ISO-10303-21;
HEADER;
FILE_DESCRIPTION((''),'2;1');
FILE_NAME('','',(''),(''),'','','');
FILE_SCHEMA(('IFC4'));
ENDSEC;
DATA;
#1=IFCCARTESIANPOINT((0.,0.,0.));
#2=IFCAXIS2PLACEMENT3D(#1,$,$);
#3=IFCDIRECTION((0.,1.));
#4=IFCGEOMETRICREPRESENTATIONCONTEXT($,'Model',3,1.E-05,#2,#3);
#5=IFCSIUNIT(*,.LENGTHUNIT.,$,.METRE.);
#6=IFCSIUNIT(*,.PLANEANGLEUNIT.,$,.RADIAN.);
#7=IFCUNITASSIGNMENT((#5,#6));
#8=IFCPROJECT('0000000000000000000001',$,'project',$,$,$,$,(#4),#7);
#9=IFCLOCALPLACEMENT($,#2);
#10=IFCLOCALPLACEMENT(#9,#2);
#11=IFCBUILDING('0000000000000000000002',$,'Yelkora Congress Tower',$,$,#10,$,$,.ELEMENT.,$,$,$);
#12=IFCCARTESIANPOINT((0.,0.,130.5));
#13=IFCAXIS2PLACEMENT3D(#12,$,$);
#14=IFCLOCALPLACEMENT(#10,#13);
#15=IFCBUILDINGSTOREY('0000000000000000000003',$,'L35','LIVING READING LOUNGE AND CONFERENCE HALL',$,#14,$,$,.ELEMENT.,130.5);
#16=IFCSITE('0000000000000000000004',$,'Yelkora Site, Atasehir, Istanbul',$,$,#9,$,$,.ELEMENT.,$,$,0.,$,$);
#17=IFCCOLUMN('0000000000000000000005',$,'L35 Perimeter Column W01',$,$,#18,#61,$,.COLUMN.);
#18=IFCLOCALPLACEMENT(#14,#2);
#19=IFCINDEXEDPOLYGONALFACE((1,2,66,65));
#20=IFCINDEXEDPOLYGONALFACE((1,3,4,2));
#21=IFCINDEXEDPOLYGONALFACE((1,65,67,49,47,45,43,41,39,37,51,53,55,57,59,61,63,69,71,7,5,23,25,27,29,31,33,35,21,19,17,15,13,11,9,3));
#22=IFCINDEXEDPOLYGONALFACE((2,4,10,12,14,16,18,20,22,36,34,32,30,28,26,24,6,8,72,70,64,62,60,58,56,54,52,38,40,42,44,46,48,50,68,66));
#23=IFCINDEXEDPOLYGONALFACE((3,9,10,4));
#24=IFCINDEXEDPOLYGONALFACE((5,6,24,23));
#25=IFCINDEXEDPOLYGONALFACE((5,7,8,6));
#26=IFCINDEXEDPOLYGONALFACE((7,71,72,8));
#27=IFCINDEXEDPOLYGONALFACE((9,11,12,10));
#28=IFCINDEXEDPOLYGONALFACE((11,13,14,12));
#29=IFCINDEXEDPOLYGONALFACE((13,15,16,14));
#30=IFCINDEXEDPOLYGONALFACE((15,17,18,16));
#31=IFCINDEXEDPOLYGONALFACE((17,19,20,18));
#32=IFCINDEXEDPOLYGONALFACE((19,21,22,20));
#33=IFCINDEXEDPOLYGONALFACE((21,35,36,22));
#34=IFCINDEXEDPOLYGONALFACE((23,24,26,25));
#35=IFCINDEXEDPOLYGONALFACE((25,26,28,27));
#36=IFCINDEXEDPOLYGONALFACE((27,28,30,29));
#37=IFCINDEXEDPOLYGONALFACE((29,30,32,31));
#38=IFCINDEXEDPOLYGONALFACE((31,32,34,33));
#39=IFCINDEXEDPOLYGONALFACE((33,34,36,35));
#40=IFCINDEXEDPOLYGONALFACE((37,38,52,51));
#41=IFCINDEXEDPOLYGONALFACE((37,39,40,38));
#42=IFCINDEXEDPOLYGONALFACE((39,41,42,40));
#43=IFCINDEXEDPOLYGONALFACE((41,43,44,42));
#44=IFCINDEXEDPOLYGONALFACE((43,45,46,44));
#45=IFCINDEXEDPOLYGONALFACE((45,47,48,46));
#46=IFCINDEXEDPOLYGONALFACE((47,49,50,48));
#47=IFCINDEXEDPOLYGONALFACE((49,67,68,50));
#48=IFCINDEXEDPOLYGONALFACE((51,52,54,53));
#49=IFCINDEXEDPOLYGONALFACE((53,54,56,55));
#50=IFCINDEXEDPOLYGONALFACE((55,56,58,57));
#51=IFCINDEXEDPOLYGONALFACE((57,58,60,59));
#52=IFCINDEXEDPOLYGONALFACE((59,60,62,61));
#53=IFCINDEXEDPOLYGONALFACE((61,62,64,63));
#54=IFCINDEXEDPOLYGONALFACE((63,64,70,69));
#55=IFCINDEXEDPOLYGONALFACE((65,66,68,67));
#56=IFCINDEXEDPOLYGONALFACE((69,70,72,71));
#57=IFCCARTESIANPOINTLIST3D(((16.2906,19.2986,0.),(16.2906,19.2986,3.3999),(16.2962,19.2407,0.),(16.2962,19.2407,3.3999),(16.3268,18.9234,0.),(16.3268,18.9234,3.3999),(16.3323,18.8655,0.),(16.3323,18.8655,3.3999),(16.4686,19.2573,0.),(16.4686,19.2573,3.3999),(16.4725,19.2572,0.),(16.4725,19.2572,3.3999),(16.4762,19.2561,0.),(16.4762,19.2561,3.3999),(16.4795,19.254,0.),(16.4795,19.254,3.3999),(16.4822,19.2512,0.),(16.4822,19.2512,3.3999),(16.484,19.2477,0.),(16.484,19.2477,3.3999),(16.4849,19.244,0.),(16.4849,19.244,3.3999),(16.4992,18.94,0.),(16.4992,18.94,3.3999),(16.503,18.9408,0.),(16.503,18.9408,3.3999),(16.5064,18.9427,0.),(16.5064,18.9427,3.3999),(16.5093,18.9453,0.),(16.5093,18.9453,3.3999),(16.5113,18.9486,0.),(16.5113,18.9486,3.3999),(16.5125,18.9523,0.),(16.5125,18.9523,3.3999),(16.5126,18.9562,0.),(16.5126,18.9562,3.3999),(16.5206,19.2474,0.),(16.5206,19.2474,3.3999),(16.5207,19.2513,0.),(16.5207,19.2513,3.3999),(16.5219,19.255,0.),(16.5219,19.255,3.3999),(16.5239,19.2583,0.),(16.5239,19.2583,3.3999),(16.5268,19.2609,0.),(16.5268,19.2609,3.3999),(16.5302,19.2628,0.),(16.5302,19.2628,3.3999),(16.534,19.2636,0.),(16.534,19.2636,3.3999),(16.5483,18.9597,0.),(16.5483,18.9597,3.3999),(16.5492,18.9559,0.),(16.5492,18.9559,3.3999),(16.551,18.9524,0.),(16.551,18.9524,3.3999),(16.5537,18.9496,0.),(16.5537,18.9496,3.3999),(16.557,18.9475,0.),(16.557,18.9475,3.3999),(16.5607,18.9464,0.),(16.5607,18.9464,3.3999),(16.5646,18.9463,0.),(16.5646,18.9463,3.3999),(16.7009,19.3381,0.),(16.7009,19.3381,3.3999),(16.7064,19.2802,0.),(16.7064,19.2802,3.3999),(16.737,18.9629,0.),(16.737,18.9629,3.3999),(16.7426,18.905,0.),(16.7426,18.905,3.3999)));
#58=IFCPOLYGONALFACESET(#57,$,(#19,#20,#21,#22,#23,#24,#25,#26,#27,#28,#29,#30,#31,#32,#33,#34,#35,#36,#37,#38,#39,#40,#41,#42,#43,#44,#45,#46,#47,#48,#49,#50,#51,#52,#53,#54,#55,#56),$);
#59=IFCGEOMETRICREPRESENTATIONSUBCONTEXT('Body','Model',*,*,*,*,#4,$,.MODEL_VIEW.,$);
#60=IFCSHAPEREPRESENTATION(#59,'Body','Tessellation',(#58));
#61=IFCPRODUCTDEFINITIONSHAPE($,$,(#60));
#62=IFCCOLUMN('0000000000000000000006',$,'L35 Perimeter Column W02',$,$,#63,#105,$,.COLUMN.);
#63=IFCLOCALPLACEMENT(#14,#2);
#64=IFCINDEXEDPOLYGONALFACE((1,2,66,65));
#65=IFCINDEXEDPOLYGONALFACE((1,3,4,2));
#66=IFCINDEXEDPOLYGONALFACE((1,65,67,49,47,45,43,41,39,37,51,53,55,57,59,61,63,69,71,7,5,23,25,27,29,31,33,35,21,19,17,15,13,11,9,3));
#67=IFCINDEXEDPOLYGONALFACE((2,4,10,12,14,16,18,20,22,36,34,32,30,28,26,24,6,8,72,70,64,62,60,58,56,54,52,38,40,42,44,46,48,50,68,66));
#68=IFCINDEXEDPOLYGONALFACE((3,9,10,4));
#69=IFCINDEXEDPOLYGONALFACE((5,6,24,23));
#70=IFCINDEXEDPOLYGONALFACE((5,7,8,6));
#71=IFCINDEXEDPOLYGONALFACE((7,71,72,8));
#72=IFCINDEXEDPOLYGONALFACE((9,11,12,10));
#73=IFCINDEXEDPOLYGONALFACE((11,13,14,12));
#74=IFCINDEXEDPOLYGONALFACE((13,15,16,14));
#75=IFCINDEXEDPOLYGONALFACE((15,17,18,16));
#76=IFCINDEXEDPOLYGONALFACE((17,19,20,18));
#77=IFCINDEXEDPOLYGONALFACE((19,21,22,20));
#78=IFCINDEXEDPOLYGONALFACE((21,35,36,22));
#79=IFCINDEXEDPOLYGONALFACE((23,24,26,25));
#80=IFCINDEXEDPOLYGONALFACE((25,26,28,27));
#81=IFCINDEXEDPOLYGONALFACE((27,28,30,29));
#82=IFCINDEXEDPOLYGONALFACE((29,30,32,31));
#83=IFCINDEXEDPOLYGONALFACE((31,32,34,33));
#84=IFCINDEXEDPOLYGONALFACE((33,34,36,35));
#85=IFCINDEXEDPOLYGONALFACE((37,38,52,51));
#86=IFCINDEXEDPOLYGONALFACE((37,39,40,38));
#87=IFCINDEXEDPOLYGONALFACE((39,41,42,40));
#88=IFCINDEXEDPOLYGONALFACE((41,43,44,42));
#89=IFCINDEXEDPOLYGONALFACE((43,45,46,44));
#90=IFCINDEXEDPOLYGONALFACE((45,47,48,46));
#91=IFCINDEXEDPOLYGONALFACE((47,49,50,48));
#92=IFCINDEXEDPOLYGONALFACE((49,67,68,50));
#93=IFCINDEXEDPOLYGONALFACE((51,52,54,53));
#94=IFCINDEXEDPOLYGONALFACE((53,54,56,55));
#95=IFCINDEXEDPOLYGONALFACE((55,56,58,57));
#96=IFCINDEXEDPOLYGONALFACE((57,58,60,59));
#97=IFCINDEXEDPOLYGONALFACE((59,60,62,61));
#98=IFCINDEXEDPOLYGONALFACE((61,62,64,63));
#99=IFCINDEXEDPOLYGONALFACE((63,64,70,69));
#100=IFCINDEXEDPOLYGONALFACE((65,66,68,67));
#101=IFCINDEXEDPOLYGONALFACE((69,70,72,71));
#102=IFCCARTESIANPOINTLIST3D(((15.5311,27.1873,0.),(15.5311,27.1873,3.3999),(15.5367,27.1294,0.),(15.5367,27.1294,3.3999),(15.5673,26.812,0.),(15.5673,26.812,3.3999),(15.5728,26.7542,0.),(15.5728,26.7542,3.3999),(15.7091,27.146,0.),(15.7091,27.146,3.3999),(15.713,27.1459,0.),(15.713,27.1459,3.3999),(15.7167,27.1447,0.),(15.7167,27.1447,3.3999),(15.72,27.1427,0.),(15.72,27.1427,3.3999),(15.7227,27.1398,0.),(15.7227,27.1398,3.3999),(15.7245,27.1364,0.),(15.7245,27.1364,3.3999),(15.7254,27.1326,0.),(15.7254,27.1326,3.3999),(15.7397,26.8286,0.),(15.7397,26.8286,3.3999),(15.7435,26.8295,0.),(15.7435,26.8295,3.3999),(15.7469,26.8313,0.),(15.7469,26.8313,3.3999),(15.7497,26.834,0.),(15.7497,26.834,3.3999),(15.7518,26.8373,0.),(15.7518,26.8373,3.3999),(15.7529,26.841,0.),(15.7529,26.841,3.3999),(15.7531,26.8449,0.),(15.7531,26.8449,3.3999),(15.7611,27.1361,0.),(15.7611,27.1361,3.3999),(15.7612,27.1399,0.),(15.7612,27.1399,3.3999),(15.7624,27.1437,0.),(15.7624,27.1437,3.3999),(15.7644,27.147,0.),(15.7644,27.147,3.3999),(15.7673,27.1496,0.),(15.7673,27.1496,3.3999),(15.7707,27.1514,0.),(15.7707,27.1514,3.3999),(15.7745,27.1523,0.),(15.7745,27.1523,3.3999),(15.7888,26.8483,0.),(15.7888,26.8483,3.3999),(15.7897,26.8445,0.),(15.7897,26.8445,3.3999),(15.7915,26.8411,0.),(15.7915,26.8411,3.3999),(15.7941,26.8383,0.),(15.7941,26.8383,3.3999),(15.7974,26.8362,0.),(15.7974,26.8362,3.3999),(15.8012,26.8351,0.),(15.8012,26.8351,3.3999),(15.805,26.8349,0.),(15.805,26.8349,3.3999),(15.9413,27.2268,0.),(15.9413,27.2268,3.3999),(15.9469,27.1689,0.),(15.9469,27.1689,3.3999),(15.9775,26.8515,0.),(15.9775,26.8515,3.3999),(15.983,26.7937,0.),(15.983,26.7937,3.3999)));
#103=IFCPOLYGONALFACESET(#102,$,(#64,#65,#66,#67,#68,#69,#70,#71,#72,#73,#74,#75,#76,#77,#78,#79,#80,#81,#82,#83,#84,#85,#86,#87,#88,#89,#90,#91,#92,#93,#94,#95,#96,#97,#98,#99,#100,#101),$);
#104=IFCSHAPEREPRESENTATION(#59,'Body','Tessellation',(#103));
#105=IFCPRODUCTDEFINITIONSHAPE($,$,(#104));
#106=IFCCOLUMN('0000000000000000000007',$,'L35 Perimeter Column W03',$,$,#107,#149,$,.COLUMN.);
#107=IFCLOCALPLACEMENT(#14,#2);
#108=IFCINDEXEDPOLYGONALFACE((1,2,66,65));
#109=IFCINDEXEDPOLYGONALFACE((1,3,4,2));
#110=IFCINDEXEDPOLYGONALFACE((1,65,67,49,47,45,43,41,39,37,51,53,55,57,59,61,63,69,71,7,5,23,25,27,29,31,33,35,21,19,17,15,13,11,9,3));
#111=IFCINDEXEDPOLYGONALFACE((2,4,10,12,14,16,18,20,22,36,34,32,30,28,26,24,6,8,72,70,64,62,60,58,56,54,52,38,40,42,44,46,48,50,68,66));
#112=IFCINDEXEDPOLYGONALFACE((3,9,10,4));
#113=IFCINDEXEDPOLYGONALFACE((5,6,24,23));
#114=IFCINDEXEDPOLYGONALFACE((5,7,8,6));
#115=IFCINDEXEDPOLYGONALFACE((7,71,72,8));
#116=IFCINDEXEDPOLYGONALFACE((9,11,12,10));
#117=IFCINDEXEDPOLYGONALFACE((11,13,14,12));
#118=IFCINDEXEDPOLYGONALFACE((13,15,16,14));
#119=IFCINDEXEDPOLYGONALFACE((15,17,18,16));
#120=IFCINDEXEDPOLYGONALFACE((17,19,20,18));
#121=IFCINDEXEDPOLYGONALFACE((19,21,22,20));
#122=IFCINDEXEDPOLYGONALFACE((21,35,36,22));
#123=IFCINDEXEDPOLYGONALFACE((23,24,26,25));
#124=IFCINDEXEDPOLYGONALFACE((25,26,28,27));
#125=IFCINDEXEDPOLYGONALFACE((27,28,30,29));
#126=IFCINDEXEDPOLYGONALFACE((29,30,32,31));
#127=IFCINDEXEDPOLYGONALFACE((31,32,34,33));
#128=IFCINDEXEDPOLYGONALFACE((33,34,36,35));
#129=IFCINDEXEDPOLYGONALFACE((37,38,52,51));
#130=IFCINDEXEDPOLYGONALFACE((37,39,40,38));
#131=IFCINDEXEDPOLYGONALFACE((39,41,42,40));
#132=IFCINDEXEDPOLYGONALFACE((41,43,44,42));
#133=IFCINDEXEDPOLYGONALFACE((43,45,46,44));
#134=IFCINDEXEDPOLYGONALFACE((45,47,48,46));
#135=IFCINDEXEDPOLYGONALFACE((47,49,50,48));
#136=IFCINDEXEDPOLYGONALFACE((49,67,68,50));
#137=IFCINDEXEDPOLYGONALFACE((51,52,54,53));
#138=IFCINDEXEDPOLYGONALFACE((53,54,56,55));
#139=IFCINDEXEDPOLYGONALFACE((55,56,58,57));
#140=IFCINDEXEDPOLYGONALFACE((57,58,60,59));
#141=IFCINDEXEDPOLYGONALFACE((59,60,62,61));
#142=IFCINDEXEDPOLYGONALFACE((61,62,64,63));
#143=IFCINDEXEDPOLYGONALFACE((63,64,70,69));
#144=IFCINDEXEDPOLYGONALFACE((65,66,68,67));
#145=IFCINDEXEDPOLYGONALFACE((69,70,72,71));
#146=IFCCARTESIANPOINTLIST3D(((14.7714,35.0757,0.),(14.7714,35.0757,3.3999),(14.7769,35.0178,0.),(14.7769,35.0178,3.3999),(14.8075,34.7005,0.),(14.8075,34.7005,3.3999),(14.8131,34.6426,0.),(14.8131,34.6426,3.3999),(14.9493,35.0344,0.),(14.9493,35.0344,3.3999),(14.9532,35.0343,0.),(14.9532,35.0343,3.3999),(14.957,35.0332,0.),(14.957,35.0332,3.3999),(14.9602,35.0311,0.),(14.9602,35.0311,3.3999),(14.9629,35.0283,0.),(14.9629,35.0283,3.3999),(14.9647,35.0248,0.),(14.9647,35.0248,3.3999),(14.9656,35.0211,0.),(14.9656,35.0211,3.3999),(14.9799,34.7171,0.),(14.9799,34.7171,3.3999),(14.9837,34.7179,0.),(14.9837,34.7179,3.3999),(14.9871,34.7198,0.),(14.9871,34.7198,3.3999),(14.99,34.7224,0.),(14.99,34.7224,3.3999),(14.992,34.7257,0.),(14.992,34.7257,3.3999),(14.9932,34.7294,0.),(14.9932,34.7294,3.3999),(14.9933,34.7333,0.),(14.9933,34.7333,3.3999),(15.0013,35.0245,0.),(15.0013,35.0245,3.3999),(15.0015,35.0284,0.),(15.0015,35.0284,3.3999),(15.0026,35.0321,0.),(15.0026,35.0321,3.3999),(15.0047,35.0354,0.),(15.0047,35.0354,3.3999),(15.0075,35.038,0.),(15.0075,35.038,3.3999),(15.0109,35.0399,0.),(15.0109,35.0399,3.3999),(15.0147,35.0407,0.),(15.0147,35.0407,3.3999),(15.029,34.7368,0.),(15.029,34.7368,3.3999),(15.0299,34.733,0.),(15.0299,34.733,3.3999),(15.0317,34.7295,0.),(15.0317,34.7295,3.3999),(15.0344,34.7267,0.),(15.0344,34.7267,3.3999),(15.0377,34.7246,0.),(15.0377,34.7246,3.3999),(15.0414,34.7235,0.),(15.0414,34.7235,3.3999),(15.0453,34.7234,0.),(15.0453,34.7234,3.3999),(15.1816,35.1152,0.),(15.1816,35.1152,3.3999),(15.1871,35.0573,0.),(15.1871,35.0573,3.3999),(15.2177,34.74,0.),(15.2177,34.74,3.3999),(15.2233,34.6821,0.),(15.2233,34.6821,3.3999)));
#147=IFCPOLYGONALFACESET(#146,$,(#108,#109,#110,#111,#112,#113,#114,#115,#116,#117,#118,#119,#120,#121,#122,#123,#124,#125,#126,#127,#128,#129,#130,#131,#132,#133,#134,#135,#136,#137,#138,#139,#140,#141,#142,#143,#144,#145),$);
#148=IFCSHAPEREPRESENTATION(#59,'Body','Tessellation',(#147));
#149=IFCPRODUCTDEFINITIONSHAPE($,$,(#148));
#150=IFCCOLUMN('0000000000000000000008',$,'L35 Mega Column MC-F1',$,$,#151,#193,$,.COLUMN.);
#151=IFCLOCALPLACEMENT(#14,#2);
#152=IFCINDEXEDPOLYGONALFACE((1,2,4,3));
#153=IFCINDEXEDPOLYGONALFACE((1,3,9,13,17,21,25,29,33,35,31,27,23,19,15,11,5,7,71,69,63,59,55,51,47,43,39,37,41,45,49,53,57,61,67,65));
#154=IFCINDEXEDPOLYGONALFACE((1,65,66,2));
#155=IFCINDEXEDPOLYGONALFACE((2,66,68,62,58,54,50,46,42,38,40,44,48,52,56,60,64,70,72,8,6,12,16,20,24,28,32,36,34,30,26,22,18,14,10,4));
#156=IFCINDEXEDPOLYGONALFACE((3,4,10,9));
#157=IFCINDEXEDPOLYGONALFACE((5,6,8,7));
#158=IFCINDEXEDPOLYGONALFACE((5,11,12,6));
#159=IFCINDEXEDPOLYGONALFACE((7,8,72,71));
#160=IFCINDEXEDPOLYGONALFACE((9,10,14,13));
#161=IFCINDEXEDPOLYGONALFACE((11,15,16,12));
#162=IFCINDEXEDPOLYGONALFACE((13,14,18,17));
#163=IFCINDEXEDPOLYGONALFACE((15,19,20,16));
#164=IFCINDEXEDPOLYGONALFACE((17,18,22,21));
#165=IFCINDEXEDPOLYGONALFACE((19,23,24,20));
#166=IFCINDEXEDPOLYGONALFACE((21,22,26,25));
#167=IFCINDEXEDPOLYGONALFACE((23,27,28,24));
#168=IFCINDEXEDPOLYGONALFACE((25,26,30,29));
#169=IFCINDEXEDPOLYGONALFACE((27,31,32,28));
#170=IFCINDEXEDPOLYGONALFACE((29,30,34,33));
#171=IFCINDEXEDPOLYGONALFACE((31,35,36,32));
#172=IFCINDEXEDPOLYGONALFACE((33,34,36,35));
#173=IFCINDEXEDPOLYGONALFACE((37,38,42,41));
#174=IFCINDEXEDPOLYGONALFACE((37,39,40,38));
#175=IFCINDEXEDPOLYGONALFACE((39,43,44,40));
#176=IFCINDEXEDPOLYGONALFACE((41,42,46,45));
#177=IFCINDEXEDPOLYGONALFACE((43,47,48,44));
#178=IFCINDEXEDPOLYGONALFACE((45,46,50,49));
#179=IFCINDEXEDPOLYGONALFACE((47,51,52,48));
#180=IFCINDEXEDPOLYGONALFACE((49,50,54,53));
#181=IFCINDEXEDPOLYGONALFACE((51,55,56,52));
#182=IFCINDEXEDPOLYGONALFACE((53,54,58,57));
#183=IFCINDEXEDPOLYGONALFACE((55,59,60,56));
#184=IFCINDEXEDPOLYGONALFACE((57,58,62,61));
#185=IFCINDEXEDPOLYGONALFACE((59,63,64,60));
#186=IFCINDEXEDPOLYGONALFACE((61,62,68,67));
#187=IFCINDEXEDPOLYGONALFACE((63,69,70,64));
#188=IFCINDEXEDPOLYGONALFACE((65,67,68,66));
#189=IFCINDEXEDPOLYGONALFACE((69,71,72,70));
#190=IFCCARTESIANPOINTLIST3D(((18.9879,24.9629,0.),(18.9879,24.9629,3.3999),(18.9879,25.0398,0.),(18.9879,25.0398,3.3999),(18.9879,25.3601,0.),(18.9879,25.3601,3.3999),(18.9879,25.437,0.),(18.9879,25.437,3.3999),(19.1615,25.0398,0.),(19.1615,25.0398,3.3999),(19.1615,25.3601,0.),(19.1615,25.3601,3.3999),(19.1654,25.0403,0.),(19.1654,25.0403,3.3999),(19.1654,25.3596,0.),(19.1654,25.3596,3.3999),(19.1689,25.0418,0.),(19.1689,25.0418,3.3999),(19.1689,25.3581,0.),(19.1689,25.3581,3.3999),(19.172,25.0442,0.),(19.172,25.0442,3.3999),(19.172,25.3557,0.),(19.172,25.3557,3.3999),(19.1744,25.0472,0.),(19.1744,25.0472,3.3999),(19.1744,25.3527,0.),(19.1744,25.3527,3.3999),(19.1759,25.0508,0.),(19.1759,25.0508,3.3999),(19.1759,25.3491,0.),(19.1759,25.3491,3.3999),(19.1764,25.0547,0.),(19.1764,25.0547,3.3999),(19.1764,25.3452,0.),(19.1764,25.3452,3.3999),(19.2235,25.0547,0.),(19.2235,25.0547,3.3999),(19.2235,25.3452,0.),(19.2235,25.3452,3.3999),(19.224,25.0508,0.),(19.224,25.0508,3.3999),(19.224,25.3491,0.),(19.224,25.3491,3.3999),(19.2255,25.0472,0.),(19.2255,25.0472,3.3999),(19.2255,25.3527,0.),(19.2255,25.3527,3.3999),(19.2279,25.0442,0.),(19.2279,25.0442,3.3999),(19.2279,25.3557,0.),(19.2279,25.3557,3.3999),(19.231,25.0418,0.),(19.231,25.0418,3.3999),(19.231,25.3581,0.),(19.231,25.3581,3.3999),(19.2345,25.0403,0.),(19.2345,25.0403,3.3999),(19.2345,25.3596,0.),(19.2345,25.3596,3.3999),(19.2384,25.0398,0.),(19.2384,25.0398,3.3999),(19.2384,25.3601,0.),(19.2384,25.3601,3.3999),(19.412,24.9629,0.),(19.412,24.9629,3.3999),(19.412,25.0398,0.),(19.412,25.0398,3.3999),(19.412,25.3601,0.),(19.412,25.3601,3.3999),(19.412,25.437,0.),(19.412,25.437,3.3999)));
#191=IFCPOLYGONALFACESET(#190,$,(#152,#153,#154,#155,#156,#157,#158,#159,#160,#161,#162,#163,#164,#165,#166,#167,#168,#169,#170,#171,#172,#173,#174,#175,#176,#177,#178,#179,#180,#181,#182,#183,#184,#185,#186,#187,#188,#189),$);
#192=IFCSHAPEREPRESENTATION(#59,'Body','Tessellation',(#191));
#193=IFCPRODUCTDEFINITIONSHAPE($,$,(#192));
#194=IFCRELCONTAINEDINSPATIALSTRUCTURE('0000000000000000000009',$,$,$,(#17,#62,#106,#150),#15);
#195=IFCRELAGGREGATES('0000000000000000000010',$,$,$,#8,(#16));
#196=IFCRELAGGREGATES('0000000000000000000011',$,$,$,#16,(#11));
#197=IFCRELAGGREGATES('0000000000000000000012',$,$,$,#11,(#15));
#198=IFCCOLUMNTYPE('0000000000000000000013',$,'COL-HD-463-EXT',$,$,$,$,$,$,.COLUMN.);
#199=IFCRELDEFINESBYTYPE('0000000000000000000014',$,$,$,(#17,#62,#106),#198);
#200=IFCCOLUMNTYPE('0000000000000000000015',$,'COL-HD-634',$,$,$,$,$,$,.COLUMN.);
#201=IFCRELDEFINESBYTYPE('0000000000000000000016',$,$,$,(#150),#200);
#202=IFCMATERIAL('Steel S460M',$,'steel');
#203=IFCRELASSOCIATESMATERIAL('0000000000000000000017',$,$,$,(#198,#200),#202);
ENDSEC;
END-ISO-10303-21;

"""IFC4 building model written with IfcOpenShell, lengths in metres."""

from ifc_helpers import new_model, si_unit, direction, frame, origin, origin_2d, place, context, subcontext, project, spatial, i_section, extrude, material, material_profile, profile_set, type_object, element, save


model = new_model("IFC4")

# Units and contexts
model_context = context("Model", 3, precision=1e-05, world=origin(), true_north=direction((0.0, 1.0)))
body_context = subcontext(model_context, "Body", "Model", "MODEL_VIEW")
ifc_project = project(units=[si_unit("LENGTHUNIT", "METRE"), si_unit("PLANEANGLEUNIT", "RADIAN")], contexts=[model_context])

# Site, building, storey
site_placement = place(None, origin())
site = spatial("IfcSite", under=ifc_project, at=site_placement, Name="Yelkora Site, Atasehir, Istanbul", CompositionType="ELEMENT", RefElevation=0.0)
building_placement = place(site_placement, origin())
building = spatial("IfcBuilding", under=site, at=building_placement, Name="Yelkora Congress Tower", CompositionType="ELEMENT")
storey_placement = place(building_placement, frame((0.0, 0.0, 130.5)))
storey = spatial("IfcBuildingStorey", under=building, at=storey_placement, Name="L35", Description="LIVING READING LOUNGE AND CONFERENCE HALL", CompositionType="ELEMENT", Elevation=130.5)

# Columns
ifc_material_1 = material(Name="Steel S460M", Category="steel")
ifc_material_profile_1 = material_profile(ifc_material_1, i_section(OverallWidth=0.4121, OverallDepth=0.4351, WebThickness=0.0359, FlangeThickness=0.0581, FilletRadius=0.0149, at=origin_2d()), Name="HD 400x463")
ifc_profile_set_1 = profile_set([ifc_material_profile_1], Name="Steel S460M")
column_type_1 = type_object("IfcColumnType", Name="COL-HD-463-EXT", PredefinedType="COLUMN", material=ifc_profile_set_1)
for number, where, z_axis, x_axis, name in (
    (1, (16.5166, 19.1018, 0.0), (0.0, 0.0, 1.0), (0.995396, 0.095846, 0.0), "L35 Perimeter Column W01"),
    (2, (15.7571, 26.9905, 0.0), (0.0, 0.0, 1.0), (0.995396, 0.095846, 0.0), "L35 Perimeter Column W02"),
    (3, (14.9973, 34.8789, 0.0), (0.0, 0.0, 1.0), (0.995396, 0.095846, 0.0), "L35 Perimeter Column W03"),
):
    element("IfcColumn", number, at=place(storey_placement, frame(where, z_axis=z_axis, x_axis=x_axis)), inside=storey, type_object=column_type_1, Name=name, PredefinedType="COLUMN", context=body_context, shape_type="SweptSolid", body=[
        extrude(i_section(OverallWidth=0.4121, OverallDepth=0.4351, WebThickness=0.0359, FlangeThickness=0.0581, FilletRadius=0.0149, at=origin_2d()), origin(), (0.0, 0.0, 1.0), 3.3999),
    ])
ifc_material_profile_2 = material_profile(ifc_material_1, i_section(OverallWidth=0.4241, OverallDepth=0.4741, WebThickness=0.0471, FlangeThickness=0.0769, FilletRadius=0.0149, at=origin_2d()), Name="HD 400x634")
ifc_profile_set_2 = profile_set([ifc_material_profile_2], Name="Steel S460M")
column_type_2 = type_object("IfcColumnType", Name="COL-HD-634", PredefinedType="COLUMN", material=ifc_profile_set_2)
column_placement = place(storey_placement, frame((19.2, 25.2, 0.0), z_axis=(0.0, 0.0, 1.0), x_axis=(1.0, 0.0, 0.0)))
element("IfcColumn", 4, at=column_placement, inside=storey, type_object=column_type_2, Name="L35 Mega Column MC-F1", PredefinedType="COLUMN", context=body_context, shape_type="SweptSolid", body=[
    extrude(i_section(OverallWidth=0.4241, OverallDepth=0.4741, WebThickness=0.0471, FlangeThickness=0.0769, FilletRadius=0.0149, at=origin_2d()), origin(), (0.0, 0.0, 1.0), 3.3999),
])

save(model, "model.ifc")
